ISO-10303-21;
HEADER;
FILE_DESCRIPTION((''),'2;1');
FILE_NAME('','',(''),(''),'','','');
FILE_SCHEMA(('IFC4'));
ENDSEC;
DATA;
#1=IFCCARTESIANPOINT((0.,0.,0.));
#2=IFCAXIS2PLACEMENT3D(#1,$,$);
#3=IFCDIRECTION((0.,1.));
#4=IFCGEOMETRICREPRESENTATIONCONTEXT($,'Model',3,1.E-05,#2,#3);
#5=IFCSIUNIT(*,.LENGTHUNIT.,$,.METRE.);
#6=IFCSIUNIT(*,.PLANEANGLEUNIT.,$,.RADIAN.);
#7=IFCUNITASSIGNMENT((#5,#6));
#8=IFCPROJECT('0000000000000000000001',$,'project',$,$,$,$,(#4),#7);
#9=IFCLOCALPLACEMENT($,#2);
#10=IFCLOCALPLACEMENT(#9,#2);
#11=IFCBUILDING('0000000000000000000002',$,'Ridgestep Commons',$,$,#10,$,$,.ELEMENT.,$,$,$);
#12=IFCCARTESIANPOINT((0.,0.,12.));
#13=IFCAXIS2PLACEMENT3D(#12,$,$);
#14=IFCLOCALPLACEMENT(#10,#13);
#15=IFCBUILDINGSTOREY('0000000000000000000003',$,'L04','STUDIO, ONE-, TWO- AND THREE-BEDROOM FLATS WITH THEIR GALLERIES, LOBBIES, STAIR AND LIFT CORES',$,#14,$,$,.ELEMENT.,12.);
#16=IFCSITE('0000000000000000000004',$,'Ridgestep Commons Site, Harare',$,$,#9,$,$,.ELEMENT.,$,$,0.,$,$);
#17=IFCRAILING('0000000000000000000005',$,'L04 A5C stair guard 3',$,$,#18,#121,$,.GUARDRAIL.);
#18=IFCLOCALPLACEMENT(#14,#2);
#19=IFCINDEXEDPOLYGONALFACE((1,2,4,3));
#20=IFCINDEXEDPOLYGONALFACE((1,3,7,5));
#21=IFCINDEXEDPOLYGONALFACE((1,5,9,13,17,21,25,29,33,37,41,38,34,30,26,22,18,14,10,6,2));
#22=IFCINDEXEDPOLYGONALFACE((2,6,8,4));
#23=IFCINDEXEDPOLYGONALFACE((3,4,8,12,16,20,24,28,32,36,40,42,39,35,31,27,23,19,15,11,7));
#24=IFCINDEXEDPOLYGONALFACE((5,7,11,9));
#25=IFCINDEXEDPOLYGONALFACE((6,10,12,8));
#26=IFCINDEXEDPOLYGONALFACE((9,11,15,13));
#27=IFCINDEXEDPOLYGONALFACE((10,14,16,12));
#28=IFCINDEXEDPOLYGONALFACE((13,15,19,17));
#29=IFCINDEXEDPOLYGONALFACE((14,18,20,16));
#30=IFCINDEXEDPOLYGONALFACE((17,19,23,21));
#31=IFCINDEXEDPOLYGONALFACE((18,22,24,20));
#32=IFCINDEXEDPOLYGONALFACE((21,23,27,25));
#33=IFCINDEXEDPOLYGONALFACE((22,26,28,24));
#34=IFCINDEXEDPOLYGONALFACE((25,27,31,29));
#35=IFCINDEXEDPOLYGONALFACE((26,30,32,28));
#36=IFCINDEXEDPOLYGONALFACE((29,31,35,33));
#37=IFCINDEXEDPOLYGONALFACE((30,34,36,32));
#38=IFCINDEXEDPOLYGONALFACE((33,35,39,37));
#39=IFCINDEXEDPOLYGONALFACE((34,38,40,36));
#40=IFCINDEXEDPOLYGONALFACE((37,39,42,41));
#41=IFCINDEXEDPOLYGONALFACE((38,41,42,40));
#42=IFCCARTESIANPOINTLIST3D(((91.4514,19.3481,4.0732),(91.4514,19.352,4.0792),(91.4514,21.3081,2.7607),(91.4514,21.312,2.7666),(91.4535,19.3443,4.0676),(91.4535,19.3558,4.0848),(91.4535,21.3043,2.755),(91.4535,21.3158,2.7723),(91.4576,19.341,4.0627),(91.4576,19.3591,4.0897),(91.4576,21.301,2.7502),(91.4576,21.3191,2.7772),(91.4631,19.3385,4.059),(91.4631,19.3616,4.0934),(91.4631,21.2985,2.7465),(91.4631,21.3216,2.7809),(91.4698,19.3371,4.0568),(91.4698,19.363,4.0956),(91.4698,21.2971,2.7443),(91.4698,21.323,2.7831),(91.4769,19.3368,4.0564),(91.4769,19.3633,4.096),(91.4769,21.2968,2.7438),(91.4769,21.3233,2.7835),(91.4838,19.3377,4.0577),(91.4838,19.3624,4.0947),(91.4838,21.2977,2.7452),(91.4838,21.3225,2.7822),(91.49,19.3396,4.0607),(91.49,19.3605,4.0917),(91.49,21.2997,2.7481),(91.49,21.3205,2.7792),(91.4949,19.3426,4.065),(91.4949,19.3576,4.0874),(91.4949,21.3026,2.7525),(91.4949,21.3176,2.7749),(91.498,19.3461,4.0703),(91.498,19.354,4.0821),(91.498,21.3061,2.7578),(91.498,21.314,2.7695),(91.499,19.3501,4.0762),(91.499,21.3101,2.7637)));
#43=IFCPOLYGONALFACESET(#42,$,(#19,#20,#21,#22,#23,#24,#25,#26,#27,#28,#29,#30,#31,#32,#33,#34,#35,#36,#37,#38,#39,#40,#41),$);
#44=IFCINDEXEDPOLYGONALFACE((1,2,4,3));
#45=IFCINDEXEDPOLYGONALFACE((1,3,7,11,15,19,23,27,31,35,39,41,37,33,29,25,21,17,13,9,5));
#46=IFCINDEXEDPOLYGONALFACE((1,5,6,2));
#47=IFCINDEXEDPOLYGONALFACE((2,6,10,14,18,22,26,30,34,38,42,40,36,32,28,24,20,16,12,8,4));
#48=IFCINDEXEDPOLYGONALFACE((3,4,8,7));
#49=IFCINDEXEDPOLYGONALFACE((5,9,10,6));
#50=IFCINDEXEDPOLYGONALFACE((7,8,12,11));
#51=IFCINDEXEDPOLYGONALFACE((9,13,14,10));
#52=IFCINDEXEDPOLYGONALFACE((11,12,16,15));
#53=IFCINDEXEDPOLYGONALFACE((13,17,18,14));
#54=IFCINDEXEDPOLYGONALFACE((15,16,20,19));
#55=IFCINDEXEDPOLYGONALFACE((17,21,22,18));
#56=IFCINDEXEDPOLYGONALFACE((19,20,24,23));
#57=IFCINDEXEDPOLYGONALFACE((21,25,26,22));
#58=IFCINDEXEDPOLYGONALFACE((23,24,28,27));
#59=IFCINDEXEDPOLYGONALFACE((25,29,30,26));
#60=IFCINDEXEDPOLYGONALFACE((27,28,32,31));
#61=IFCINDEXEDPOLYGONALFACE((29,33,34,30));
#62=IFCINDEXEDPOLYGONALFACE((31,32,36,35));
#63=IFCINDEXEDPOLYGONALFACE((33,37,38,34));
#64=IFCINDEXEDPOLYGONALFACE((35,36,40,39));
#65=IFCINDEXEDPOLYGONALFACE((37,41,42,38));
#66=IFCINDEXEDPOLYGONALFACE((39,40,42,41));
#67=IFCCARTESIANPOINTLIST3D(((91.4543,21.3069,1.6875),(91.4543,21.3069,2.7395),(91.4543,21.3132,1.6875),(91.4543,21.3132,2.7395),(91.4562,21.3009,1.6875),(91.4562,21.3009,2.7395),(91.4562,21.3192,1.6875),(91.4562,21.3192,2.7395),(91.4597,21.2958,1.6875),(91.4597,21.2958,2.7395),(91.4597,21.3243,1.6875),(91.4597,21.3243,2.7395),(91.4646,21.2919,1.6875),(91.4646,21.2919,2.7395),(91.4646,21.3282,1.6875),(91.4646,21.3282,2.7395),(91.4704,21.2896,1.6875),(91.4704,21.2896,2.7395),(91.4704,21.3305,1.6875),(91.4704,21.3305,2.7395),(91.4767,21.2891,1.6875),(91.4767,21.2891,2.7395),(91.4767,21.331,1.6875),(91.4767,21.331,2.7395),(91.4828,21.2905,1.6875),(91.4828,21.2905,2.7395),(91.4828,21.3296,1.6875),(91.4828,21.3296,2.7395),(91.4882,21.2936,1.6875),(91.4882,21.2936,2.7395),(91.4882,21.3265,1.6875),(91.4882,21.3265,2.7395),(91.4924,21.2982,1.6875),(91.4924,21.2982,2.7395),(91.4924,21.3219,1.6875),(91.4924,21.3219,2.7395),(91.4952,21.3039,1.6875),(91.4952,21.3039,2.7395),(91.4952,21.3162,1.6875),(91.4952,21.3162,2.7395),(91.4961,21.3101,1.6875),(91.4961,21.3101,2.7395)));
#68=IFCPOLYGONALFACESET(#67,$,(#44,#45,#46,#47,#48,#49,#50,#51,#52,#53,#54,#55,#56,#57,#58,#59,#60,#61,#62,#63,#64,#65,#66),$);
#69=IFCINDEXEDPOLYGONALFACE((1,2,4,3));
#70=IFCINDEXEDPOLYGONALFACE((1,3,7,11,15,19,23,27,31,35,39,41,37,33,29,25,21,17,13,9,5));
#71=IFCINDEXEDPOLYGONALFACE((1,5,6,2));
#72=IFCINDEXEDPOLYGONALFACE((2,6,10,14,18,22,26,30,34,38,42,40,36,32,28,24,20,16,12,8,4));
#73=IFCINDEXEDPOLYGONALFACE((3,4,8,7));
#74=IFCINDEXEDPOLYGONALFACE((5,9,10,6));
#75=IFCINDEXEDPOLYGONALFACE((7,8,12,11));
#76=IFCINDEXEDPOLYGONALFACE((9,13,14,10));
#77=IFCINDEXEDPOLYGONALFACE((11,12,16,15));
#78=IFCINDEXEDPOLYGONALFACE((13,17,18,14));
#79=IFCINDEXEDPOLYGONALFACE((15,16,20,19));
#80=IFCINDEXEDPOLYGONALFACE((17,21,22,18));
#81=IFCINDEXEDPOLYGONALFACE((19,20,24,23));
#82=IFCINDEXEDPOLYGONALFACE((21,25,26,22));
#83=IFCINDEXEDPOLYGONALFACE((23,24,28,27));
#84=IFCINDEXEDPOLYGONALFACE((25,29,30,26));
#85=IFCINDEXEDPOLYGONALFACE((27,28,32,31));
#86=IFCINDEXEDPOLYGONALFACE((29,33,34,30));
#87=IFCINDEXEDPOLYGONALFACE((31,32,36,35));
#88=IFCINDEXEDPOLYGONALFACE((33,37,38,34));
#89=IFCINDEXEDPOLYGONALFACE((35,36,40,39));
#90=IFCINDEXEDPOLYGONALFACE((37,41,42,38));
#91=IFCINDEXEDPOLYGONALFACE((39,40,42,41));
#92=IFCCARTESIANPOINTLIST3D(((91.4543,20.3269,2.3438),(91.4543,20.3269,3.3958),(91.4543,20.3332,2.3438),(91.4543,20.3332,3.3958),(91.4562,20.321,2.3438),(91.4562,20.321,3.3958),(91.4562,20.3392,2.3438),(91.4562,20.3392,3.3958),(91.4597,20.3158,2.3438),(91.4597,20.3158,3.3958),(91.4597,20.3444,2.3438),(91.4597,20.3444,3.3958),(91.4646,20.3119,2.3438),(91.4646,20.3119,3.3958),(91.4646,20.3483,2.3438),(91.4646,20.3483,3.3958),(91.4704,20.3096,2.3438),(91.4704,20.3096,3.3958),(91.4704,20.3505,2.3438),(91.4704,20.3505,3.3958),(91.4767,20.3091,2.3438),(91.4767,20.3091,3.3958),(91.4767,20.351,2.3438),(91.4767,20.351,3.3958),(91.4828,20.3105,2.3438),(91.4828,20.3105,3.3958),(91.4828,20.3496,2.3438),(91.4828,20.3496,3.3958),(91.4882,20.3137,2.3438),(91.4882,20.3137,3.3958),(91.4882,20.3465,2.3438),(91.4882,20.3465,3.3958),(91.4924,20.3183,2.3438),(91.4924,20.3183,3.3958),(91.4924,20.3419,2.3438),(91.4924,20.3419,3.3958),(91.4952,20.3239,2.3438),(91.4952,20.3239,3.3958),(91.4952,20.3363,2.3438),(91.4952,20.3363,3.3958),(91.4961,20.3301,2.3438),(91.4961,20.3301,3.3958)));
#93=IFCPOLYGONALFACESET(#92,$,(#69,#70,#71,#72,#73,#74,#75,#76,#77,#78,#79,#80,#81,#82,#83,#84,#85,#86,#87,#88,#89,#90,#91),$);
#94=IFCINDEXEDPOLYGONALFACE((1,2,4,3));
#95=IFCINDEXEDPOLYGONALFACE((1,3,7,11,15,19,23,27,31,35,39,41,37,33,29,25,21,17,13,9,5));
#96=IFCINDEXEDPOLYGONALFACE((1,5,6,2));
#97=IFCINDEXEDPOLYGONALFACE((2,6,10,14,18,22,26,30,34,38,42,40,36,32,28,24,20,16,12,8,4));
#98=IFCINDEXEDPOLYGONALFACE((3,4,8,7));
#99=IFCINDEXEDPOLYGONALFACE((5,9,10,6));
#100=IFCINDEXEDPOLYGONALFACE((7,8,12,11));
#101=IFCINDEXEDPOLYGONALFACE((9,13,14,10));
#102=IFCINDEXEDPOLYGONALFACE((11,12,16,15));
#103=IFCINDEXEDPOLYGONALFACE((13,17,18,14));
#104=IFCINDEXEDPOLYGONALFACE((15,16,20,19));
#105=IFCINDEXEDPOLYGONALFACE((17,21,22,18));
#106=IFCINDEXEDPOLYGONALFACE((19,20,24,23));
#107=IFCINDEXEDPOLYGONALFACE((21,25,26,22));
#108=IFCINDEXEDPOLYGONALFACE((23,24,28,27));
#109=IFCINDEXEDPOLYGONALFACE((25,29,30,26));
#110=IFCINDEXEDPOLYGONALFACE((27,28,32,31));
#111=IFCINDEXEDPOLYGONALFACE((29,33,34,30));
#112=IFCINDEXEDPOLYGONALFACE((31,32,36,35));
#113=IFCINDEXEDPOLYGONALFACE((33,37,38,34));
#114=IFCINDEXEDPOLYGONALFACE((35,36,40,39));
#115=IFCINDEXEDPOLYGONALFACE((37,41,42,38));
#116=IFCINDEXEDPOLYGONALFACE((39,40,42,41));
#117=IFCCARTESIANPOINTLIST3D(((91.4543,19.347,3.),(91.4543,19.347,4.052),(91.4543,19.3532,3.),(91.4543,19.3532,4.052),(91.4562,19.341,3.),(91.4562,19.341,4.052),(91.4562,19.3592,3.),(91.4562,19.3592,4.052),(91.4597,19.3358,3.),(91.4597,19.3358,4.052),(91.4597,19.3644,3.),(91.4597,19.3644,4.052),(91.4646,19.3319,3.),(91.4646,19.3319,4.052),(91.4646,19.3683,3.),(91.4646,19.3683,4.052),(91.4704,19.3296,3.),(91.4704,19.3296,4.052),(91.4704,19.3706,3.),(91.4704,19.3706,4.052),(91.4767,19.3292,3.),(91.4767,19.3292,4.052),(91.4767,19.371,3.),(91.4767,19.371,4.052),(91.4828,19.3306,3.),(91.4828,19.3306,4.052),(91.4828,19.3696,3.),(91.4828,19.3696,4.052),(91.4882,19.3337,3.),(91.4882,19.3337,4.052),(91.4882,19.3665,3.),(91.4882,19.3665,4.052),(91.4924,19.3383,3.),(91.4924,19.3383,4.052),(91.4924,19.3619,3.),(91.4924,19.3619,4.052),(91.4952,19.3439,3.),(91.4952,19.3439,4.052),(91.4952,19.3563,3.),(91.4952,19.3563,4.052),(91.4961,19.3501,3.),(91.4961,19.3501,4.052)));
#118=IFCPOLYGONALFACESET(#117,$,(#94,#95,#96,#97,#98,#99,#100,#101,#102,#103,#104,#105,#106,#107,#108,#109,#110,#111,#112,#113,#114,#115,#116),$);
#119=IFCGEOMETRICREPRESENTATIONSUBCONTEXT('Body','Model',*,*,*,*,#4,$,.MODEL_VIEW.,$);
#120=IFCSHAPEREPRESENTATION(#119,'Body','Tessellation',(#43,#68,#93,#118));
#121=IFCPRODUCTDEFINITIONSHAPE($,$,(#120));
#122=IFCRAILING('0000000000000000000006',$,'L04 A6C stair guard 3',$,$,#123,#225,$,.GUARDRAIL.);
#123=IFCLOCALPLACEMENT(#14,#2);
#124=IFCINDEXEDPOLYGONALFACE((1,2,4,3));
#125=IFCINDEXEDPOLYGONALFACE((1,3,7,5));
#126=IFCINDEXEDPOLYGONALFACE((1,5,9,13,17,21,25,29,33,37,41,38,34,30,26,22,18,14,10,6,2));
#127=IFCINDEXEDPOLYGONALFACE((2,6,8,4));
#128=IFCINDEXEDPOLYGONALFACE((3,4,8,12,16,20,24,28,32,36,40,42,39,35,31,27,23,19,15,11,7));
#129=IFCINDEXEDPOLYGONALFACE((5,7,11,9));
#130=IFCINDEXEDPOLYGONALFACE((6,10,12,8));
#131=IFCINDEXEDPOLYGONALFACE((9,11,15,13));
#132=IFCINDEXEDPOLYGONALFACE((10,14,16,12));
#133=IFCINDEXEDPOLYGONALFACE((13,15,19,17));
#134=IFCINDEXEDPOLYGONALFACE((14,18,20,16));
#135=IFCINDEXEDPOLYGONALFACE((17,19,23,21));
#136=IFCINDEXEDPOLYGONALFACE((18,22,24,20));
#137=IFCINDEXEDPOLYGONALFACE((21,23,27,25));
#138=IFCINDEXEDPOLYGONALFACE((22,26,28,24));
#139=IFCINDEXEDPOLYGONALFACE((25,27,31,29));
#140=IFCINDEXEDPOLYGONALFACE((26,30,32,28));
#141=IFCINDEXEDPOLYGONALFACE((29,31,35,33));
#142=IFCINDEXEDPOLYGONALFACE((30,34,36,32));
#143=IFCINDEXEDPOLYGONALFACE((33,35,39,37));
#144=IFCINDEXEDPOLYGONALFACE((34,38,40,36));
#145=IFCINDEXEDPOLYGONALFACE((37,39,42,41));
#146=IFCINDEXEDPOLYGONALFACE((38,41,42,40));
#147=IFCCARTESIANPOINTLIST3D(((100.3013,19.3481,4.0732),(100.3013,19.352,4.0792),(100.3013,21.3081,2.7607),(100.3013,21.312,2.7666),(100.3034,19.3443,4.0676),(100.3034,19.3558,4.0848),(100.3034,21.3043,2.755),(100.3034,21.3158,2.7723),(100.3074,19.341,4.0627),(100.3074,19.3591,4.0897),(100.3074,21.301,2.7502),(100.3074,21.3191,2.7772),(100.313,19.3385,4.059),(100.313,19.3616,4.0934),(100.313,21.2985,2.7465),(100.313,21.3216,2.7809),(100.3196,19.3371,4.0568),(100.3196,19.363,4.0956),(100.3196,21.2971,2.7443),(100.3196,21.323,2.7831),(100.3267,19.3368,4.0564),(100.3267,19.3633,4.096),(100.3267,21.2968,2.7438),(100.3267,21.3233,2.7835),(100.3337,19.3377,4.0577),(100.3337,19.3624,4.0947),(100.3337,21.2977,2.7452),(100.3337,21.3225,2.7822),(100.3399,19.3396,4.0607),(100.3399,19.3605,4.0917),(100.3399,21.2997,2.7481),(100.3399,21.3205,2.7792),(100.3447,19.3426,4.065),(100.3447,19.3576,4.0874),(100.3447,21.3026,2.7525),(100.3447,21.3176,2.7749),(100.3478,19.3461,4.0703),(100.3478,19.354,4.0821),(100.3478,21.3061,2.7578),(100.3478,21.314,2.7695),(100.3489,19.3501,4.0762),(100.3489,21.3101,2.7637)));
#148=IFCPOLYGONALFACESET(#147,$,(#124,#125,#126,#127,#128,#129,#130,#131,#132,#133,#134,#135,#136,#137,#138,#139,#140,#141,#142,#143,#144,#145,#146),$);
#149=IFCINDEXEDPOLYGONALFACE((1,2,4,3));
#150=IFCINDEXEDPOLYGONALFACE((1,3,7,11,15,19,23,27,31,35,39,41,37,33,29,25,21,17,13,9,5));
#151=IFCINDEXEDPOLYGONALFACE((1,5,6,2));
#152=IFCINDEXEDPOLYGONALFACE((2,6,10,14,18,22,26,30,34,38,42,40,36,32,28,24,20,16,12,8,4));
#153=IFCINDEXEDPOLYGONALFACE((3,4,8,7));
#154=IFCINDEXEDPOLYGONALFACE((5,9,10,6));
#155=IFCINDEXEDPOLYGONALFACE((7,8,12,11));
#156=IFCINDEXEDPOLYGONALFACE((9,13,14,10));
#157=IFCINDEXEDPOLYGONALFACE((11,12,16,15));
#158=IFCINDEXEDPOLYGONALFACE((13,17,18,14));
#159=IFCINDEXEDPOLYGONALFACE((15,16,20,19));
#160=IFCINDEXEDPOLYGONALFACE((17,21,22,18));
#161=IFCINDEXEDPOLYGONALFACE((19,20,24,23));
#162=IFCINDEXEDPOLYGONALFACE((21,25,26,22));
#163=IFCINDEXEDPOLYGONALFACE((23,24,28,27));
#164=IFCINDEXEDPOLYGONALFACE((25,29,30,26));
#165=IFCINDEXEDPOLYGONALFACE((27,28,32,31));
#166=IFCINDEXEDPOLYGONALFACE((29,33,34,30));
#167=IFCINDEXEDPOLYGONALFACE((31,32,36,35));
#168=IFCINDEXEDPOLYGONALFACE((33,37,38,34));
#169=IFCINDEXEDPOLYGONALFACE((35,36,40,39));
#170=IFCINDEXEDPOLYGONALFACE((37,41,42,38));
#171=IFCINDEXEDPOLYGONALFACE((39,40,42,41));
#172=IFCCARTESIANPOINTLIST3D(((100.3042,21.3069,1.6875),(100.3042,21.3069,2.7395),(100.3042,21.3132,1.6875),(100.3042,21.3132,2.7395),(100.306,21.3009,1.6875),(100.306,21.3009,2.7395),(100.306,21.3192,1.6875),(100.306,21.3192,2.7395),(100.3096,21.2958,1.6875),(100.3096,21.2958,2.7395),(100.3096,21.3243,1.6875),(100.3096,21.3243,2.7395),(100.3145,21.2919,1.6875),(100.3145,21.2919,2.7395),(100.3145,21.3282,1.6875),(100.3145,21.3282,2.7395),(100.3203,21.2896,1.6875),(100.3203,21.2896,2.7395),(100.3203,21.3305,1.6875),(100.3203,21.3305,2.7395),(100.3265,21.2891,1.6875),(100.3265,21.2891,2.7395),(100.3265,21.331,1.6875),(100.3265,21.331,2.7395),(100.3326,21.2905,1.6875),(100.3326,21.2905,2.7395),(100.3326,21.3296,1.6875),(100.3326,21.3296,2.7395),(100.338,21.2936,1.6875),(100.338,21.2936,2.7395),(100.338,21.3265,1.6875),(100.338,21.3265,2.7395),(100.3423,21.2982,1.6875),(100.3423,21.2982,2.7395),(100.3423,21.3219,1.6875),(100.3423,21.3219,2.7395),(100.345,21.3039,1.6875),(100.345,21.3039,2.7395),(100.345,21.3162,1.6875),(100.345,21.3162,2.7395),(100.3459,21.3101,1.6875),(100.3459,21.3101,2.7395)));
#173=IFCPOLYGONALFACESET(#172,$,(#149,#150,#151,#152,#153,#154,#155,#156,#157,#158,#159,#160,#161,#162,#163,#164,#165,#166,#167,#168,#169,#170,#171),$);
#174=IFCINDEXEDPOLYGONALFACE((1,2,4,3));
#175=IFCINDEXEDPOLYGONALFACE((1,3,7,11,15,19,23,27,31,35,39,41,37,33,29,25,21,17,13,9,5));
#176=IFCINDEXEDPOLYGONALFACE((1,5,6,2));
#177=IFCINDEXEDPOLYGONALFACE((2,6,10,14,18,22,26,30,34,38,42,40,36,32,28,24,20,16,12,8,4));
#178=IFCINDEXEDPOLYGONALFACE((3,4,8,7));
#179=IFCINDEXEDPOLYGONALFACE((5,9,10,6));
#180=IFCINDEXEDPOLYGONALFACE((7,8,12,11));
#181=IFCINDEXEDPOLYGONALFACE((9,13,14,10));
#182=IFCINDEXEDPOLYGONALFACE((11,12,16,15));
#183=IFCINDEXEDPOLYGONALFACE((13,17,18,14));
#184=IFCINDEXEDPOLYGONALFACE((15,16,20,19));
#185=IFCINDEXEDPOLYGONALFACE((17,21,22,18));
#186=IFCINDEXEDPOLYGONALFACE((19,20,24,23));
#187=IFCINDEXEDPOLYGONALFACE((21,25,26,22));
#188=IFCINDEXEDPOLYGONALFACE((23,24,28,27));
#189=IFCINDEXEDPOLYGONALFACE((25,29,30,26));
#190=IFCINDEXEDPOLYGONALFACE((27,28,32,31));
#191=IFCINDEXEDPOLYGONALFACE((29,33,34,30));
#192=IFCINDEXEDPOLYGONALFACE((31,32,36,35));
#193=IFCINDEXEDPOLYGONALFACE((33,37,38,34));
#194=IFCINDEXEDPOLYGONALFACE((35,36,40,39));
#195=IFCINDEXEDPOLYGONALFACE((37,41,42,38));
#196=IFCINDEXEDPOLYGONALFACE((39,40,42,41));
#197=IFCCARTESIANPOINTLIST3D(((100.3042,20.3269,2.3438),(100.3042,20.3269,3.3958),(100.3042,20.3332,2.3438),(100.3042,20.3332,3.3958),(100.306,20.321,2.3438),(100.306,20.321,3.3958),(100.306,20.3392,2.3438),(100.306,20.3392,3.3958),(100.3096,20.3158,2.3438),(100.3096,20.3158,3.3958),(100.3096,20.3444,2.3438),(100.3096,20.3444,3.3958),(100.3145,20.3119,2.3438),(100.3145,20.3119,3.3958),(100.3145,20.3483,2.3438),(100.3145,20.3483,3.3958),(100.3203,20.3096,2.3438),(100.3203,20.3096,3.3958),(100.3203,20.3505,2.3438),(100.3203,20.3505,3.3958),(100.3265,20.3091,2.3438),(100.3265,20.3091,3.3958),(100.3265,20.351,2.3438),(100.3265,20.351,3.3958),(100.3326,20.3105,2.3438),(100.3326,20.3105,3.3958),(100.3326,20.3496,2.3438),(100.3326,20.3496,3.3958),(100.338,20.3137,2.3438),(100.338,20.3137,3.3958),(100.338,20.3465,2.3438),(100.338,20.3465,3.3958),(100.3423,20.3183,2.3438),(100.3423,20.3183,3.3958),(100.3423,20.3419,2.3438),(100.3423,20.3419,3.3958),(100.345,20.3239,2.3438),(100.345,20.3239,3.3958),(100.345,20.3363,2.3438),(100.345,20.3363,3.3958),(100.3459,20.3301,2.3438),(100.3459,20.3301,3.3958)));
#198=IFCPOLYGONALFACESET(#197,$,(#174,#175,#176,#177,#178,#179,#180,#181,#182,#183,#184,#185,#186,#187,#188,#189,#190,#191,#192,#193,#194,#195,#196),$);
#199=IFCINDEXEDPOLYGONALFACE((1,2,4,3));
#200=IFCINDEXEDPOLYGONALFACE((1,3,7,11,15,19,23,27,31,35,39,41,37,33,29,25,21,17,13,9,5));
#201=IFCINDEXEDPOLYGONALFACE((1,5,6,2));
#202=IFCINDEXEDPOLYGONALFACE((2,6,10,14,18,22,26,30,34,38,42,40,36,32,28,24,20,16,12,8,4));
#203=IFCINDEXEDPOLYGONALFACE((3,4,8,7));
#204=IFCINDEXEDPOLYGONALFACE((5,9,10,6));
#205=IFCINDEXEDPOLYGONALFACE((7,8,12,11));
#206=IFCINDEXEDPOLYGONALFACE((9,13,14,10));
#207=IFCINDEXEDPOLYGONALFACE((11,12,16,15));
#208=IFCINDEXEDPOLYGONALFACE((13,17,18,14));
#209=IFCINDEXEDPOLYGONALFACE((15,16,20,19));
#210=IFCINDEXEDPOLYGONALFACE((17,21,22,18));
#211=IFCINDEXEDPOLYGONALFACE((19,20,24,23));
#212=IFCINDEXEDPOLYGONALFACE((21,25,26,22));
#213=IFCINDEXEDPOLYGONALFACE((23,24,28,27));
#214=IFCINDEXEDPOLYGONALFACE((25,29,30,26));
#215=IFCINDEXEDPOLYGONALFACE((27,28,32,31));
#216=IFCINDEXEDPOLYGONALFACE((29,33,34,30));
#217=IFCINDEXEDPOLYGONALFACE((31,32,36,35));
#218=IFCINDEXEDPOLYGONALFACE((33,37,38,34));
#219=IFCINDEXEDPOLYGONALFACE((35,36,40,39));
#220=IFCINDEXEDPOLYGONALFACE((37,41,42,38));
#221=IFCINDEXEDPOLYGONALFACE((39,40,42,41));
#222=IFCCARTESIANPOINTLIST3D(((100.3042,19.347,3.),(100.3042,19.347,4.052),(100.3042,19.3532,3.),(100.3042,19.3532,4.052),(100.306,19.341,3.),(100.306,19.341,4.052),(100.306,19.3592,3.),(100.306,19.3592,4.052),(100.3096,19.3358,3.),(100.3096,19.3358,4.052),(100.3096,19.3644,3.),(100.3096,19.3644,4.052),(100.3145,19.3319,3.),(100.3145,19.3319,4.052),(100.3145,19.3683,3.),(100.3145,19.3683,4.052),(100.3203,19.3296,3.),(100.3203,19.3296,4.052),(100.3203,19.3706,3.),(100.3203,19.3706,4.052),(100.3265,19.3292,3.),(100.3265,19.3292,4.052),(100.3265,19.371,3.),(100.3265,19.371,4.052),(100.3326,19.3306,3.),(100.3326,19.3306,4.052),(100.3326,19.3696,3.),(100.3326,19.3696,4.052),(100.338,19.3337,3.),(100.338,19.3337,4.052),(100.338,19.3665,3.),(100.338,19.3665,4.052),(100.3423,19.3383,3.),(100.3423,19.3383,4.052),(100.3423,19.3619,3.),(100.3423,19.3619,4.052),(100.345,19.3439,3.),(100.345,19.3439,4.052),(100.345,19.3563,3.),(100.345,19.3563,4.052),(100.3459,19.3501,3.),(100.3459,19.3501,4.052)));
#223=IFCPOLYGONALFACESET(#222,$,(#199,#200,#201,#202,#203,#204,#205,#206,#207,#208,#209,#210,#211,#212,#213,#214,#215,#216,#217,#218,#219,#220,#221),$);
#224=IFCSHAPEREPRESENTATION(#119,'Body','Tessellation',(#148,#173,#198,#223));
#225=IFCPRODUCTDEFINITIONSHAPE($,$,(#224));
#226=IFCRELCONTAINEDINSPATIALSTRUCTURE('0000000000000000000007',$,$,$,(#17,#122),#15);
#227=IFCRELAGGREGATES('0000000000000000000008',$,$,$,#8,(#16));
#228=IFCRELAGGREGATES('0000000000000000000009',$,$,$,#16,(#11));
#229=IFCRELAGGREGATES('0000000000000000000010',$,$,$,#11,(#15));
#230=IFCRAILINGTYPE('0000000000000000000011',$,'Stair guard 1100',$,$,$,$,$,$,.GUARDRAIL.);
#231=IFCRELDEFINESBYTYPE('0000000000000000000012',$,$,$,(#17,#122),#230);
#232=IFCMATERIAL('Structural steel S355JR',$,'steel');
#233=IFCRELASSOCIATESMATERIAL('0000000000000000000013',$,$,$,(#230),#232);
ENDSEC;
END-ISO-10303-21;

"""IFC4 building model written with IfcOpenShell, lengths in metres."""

from ifc_helpers import new_model, si_unit, direction, frame, origin, origin_2d, place, context, subcontext, project, spatial, circle, extrude, material, type_object, element, save


model = new_model("IFC4")

# Units and contexts
model_context = context("Model", 3, precision=1e-05, world=origin(), true_north=direction((0.0, 1.0)))
body_context = subcontext(model_context, "Body", "Model", "MODEL_VIEW")
ifc_project = project(units=[si_unit("LENGTHUNIT", "METRE"), si_unit("PLANEANGLEUNIT", "RADIAN")], contexts=[model_context])

# Site, building, storey
site_placement = place(None, origin())
site = spatial("IfcSite", under=ifc_project, at=site_placement, Name="Ridgestep Commons Site, Harare", CompositionType="ELEMENT", RefElevation=0.0)
building_placement = place(site_placement, origin())
building = spatial("IfcBuilding", under=site, at=building_placement, Name="Ridgestep Commons", CompositionType="ELEMENT")
storey_placement = place(building_placement, frame((0.0, 0.0, 12.0)))
storey = spatial("IfcBuildingStorey", under=building, at=storey_placement, Name="L04", Description="STUDIO, ONE-, TWO- AND THREE-BEDROOM FLATS WITH THEIR GALLERIES, LOBBIES, STAIR AND LIFT CORES", CompositionType="ELEMENT", Elevation=12.0)

# Railings
ifc_material_1 = material(Name="Structural steel S355JR", Category="steel")
railing_type_1 = type_object("IfcRailingType", Name="Stair guard 1100", PredefinedType="GUARDRAIL", material=ifc_material_1)
for number, where, name in (
    (1, (91.4751, 21.3101, 1.6875), "L04 A5C stair guard 3"),
    (2, (100.325, 21.3101, 1.6875), "L04 A6C stair guard 3"),
):
    element("IfcRailing", number, at=place(storey_placement, frame(where)), inside=storey, type_object=railing_type_1, Name=name, PredefinedType="GUARDRAIL", context=body_context, shape_type="SweptSolid", body=[
        extrude(circle(Radius=0.0239, at=origin_2d()), frame((0.0, 0.0, 1.0762), z_axis=(0.0, -0.830902, 0.556419), x_axis=(1.0, 0.0, 0.0)), (0.0, 0.0, 1.0), 2.3589),
        extrude(circle(Radius=0.021, at=origin_2d()), origin(), (0.0, 0.0, 1.0), 1.052),
        extrude(circle(Radius=0.021, at=origin_2d()), frame((0.0, -0.98, 0.6562)), (0.0, 0.0, 1.0), 1.052),
        extrude(circle(Radius=0.021, at=origin_2d()), frame((0.0, -1.96, 1.3125)), (0.0, 0.0, 1.0), 1.052),
    ])

save(model, "model.ifc")
